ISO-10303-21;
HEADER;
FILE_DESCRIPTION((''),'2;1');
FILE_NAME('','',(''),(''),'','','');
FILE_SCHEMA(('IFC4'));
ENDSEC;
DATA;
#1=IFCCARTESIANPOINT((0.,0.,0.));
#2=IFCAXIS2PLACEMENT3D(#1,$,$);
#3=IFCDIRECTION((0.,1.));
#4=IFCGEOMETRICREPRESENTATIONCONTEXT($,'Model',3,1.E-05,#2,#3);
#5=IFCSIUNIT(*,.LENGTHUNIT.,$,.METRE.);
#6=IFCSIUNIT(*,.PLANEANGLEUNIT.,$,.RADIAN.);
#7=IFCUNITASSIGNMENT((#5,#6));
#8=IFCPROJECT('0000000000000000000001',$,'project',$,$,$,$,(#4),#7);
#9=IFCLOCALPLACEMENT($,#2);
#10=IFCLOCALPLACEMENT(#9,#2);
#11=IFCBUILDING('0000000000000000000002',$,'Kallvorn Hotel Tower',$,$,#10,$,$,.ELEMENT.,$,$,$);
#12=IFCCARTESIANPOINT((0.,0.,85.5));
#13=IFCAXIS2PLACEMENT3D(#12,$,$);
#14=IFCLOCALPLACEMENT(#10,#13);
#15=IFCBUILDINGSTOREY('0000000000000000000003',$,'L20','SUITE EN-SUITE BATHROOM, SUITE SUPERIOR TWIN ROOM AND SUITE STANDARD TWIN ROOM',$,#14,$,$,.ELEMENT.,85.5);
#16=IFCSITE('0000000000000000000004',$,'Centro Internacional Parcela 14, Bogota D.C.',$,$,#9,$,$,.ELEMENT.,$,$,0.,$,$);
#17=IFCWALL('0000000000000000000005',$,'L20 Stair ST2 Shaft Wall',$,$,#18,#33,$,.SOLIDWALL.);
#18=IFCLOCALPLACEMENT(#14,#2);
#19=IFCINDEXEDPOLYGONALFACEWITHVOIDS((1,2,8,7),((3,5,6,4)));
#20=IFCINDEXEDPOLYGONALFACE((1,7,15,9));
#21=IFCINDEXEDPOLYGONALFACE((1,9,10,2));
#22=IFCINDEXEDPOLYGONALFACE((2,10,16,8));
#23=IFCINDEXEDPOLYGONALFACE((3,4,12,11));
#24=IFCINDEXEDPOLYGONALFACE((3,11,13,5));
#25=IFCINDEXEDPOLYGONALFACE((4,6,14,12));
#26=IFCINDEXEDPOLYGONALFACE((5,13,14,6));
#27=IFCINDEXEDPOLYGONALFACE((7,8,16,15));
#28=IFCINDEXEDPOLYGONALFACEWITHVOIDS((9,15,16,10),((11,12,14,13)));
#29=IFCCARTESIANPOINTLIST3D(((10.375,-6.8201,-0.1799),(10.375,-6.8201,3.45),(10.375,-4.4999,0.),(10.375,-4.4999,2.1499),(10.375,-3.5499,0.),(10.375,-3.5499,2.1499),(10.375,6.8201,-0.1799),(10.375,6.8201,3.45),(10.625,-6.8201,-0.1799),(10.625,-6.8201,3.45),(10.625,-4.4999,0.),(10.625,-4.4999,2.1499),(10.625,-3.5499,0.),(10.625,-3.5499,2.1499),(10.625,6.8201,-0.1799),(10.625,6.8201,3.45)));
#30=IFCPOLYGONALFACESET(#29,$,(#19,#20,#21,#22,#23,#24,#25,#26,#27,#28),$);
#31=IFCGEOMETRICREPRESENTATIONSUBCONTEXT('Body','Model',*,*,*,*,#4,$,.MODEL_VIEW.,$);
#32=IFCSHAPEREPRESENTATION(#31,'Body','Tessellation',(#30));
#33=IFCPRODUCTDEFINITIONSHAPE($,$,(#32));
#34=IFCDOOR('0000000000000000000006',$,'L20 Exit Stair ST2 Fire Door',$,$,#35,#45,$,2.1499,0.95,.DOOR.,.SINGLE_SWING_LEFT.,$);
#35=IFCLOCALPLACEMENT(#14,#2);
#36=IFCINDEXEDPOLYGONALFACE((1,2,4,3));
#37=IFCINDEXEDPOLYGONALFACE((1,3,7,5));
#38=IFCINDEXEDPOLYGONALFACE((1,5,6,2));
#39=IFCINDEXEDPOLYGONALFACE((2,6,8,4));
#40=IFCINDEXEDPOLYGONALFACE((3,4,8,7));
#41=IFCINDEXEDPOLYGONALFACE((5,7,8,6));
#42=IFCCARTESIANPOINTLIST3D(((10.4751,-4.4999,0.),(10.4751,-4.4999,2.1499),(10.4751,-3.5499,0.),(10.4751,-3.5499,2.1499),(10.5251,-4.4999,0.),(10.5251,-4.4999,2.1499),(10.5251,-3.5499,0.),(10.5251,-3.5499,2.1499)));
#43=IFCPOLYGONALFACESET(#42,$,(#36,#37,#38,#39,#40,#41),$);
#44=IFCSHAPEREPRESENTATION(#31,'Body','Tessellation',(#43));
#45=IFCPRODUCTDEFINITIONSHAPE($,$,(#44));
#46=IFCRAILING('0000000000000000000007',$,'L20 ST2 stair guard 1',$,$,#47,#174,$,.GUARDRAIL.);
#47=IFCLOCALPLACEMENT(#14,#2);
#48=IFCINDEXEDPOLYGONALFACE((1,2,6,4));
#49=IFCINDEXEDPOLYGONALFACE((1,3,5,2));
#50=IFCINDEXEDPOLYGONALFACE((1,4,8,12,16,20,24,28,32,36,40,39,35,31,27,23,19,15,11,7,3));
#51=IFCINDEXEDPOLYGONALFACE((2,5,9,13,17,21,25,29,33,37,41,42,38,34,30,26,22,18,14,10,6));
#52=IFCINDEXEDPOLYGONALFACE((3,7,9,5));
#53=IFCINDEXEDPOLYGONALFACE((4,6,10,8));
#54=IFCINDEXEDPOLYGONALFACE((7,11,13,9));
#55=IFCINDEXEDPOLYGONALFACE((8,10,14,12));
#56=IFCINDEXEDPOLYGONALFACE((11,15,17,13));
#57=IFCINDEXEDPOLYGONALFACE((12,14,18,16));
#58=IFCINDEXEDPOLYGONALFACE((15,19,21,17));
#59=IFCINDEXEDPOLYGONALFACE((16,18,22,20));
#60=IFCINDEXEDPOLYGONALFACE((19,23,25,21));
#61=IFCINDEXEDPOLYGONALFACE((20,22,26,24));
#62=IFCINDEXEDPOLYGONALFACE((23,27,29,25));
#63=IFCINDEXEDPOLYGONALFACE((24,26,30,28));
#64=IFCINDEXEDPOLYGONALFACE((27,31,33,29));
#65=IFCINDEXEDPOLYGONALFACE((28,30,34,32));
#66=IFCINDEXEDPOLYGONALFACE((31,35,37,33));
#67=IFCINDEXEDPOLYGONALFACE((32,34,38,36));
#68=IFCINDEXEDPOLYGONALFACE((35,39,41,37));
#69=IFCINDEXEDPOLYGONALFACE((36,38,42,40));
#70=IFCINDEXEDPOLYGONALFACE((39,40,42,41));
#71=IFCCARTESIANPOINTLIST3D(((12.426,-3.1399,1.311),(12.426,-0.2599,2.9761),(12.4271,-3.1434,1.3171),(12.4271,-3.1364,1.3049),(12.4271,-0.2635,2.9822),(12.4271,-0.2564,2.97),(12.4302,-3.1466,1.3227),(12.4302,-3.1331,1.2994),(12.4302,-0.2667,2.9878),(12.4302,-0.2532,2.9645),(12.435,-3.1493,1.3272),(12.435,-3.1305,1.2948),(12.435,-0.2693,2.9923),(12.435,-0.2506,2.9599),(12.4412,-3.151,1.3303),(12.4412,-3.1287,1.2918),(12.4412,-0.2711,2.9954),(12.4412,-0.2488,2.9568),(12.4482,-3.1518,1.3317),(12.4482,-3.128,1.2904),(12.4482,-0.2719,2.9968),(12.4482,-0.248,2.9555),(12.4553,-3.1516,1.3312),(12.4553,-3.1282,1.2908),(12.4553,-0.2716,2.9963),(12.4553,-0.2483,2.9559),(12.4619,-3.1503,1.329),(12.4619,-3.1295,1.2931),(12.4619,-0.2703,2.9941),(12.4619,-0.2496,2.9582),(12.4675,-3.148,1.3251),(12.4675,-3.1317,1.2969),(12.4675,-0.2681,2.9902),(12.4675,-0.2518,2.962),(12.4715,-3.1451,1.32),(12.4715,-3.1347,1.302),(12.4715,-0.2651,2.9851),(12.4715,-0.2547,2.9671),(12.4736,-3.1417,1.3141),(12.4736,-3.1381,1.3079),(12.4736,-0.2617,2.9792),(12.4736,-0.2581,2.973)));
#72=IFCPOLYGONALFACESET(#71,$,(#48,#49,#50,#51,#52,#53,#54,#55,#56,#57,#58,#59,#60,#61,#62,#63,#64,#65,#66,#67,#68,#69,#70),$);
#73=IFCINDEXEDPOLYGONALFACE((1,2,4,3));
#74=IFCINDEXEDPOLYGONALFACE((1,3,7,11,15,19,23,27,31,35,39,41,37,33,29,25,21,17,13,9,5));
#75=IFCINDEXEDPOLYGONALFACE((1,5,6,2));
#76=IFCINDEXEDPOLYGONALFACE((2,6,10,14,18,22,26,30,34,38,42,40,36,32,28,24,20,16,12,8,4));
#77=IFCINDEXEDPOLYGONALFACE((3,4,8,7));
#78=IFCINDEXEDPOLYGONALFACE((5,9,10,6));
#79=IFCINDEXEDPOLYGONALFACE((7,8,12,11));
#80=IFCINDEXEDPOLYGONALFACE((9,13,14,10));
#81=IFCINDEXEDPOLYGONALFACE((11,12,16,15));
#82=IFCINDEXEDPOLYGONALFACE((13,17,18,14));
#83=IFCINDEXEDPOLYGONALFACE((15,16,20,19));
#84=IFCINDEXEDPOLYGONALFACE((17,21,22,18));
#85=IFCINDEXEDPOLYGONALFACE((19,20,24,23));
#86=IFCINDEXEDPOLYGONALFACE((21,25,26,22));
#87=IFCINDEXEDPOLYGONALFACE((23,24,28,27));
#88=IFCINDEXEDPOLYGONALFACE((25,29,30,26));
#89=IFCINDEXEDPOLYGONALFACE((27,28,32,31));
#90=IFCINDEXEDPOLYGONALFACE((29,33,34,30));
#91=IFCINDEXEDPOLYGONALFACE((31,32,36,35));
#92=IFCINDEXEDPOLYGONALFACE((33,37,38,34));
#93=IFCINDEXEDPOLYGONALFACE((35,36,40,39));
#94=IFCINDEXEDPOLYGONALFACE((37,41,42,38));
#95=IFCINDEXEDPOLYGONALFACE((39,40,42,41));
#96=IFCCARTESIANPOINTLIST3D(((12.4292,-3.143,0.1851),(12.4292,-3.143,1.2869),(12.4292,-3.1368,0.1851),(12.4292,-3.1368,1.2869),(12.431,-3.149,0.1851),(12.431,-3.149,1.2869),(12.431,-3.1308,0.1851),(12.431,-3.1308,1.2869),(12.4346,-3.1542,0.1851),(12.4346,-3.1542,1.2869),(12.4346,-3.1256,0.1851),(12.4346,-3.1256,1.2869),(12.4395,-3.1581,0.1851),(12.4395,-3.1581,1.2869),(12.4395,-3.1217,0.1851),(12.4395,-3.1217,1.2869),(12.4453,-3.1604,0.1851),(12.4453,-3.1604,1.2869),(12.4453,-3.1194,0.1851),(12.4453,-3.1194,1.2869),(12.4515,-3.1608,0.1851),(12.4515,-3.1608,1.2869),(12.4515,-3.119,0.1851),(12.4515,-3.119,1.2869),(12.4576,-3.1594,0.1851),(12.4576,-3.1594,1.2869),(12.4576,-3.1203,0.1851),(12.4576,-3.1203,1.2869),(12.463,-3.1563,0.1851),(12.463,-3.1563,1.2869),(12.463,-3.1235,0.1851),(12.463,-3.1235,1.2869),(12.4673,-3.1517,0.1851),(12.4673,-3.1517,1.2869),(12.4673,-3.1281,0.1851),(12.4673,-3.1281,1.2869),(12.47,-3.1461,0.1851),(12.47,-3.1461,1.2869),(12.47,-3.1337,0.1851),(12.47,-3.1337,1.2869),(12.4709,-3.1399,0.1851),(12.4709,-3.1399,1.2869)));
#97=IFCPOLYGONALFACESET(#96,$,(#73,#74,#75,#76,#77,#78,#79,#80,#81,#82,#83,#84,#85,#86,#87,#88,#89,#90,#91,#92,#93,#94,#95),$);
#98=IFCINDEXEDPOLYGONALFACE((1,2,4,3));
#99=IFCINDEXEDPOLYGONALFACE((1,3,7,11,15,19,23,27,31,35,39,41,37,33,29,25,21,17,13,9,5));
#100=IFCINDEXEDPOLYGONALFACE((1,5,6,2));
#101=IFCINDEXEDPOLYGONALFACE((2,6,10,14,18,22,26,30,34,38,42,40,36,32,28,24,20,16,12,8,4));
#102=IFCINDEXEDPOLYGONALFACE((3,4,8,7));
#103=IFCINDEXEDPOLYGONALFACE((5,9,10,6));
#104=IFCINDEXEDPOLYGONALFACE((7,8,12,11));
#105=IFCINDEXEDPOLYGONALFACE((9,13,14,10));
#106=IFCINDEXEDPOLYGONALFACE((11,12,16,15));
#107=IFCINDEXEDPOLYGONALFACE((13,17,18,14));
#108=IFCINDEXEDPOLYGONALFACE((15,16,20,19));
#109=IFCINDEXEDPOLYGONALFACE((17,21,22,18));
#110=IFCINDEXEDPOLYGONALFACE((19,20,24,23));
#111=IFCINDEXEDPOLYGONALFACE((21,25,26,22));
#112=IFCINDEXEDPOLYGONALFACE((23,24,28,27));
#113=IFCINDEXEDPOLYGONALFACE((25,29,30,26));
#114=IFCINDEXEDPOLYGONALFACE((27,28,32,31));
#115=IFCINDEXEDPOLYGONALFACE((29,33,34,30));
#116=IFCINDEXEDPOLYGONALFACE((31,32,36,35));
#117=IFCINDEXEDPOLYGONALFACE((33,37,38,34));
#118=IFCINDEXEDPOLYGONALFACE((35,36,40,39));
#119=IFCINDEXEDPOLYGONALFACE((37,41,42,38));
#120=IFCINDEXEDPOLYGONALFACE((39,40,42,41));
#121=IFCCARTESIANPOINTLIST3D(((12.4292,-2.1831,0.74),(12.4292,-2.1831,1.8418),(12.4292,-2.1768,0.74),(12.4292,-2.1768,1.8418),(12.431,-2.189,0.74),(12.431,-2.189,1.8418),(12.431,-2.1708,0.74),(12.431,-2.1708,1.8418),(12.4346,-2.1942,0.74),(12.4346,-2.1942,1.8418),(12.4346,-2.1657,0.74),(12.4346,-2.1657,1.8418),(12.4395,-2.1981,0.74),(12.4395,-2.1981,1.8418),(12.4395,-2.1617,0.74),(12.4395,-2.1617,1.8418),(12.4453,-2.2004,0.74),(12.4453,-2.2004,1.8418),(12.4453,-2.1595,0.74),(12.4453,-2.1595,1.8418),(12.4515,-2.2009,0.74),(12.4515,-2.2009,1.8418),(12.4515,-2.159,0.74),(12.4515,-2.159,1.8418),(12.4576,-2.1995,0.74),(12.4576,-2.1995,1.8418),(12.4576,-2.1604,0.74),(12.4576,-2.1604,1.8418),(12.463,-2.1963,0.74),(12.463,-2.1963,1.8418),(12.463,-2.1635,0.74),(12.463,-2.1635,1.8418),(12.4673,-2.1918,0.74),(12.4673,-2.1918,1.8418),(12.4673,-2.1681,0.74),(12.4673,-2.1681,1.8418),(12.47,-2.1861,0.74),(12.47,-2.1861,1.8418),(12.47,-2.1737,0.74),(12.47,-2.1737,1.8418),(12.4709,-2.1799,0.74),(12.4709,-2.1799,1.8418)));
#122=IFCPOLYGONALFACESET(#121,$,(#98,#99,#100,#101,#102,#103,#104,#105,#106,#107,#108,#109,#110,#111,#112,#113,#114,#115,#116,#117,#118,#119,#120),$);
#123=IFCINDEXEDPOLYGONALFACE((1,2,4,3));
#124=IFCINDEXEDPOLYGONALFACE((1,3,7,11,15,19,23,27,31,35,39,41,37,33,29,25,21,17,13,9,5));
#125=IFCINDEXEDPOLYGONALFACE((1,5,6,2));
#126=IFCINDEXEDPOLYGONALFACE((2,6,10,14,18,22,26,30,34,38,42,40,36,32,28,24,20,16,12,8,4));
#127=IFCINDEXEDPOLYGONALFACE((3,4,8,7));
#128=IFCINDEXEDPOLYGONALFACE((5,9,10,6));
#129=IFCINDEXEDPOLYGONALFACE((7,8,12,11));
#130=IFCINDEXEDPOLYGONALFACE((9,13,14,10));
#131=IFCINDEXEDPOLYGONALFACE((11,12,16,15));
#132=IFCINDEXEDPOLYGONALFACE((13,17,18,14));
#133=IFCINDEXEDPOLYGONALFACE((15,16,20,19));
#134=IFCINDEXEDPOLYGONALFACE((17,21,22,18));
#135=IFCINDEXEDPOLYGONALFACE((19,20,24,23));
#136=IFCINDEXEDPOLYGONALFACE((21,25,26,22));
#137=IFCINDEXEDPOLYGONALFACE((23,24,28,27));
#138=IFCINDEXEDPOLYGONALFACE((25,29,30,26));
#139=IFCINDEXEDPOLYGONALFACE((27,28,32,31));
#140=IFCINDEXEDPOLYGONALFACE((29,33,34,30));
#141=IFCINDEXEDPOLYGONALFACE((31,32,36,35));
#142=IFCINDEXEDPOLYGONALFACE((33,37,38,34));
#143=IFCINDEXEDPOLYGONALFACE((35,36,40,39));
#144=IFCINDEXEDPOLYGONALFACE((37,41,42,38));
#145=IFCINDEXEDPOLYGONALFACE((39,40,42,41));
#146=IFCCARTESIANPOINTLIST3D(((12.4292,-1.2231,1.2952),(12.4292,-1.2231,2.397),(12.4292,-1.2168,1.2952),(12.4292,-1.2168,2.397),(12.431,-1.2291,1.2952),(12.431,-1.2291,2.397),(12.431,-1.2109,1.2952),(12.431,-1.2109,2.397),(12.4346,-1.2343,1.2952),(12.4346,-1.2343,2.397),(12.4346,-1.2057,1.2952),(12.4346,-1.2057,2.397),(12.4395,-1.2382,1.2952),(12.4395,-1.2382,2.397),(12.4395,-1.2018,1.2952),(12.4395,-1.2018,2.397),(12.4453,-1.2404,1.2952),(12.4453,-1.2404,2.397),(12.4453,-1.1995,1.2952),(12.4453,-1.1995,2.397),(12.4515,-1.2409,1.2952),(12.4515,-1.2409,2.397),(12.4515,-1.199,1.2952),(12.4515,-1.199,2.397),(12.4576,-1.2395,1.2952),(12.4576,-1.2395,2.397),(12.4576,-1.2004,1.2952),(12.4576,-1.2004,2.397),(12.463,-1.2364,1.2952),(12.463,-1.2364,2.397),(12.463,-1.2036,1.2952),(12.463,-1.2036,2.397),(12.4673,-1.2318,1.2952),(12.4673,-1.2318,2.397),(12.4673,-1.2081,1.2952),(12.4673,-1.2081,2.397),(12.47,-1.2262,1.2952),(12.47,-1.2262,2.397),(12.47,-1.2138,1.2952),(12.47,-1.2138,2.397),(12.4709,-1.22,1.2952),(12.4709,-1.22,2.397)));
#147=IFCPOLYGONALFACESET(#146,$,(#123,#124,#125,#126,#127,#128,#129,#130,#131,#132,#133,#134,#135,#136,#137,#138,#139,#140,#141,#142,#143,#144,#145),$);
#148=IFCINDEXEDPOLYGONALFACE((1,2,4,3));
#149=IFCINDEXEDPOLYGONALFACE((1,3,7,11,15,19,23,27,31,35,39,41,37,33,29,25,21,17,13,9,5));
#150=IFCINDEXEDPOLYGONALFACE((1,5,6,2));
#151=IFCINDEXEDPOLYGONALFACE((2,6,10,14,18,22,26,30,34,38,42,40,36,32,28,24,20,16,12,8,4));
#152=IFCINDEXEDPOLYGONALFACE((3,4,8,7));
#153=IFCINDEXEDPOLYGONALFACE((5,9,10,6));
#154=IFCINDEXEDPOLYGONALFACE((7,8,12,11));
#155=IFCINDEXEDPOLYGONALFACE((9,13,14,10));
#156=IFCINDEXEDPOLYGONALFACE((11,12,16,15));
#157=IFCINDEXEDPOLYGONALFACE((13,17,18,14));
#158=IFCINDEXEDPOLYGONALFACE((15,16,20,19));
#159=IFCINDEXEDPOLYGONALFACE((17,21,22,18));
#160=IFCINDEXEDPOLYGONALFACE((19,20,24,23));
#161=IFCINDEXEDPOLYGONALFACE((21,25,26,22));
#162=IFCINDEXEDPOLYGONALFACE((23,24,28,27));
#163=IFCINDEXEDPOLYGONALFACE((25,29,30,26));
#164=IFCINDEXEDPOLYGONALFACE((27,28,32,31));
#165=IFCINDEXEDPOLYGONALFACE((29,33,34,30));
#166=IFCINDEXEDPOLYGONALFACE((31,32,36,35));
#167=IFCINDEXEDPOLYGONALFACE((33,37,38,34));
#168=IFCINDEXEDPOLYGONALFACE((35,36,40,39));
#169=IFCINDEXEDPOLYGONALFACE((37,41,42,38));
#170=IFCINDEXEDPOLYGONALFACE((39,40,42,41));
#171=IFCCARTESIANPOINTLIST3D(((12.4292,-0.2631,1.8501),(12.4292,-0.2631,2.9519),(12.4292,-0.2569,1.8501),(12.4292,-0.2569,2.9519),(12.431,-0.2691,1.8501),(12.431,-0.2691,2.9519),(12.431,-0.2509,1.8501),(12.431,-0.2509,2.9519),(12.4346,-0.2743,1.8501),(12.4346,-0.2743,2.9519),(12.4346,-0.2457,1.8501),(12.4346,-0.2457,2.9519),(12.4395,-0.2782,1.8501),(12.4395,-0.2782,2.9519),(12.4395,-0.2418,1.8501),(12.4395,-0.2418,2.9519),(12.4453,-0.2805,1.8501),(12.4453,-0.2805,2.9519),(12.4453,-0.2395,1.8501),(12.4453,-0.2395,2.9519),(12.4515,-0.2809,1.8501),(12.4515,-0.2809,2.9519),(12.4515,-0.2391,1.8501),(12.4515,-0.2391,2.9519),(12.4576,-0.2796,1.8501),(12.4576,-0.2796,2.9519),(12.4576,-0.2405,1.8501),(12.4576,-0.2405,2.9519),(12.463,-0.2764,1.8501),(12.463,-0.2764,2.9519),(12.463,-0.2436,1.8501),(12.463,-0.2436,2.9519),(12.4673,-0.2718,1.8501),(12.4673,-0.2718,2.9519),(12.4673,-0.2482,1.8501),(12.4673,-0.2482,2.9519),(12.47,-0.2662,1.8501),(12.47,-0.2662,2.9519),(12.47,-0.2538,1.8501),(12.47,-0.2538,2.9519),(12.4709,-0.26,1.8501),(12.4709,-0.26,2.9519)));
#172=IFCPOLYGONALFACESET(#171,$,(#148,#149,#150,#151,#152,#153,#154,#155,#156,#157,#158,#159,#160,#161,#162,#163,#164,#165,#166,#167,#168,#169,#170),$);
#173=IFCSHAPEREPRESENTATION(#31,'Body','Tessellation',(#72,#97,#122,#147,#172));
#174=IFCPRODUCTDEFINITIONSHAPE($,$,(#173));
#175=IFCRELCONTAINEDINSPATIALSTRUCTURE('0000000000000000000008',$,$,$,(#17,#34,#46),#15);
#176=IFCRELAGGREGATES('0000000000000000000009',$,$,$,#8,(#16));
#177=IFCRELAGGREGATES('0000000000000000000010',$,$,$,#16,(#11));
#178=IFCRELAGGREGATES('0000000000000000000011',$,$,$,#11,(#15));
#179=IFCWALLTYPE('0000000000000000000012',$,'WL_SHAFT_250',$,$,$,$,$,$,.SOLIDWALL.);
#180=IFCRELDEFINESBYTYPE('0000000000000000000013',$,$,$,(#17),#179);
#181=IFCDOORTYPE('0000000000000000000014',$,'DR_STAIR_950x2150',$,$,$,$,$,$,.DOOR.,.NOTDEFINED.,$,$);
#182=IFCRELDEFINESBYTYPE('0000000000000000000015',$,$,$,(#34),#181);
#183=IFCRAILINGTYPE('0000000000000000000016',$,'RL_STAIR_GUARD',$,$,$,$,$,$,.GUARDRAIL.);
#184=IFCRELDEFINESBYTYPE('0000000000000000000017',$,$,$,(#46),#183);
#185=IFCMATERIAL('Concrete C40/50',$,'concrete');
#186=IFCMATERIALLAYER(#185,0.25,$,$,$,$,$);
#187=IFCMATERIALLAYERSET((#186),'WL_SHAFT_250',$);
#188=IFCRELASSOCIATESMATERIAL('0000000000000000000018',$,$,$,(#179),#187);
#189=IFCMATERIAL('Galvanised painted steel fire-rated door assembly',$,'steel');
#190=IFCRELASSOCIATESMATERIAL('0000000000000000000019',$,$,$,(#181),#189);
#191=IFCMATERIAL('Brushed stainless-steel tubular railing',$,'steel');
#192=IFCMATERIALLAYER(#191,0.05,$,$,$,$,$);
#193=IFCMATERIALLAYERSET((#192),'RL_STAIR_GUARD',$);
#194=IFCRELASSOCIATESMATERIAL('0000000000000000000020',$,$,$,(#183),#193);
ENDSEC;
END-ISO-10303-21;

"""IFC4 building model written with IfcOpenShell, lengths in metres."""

from ifc_helpers import new_model, si_unit, direction, frame, frame_2d, origin, origin_2d, place, context, subcontext, project, spatial, rectangle, circle, extrude, material, layer, layer_set, type_object, element, fill, save


model = new_model("IFC4")

# Units and contexts
model_context = context("Model", 3, precision=1e-05, world=origin(), true_north=direction((0.0, 1.0)))
body_context = subcontext(model_context, "Body", "Model", "MODEL_VIEW")
ifc_project = project(units=[si_unit("LENGTHUNIT", "METRE"), si_unit("PLANEANGLEUNIT", "RADIAN")], contexts=[model_context])

# Site, building, storey
site_placement = place(None, origin())
site = spatial("IfcSite", under=ifc_project, at=site_placement, Name="Centro Internacional Parcela 14, Bogota D.C.", CompositionType="ELEMENT", RefElevation=0.0)
building_placement = place(site_placement, origin())
building = spatial("IfcBuilding", under=site, at=building_placement, Name="Kallvorn Hotel Tower", CompositionType="ELEMENT")
storey_placement = place(building_placement, frame((0.0, 0.0, 85.5)))
storey = spatial("IfcBuildingStorey", under=building, at=storey_placement, Name="L20", Description="SUITE EN-SUITE BATHROOM, SUITE SUPERIOR TWIN ROOM AND SUITE STANDARD TWIN ROOM", CompositionType="ELEMENT", Elevation=85.5)

# Shared definitions
ifc_material_1 = material(Name="Concrete C40/50", Category="concrete")
ifc_layer_1 = layer(ifc_material_1, 0.25)
ifc_layer_set_1 = layer_set([ifc_layer_1], Name="WL_SHAFT_250")
wall_type_1 = type_object("IfcWallType", Name="WL_SHAFT_250", PredefinedType="SOLIDWALL", material=ifc_layer_set_1)

# Wall, opening, door
wall_1_placement = place(storey_placement, frame((10.5, -6.8201, -0.1799), z_axis=(0.0, 0.0, 1.0), x_axis=(0.0, 1.0, 0.0)))
wall_1 = element("IfcWall", 1, at=wall_1_placement, inside=storey, type_object=wall_type_1, Name="L20 Stair ST2 Shaft Wall", PredefinedType="SOLIDWALL", context=body_context, shape_type="SweptSolid", body=[
    extrude(rectangle(XDim=13.6401, YDim=0.25, at=frame_2d((6.8201, 0.0))), origin(), (0.0, 0.0, 1.0), 3.6299),
])
opening_1_placement = place(wall_1_placement, frame((2.3201, 0.0, 0.1799)))
opening_1 = element("IfcOpeningElement", 2, at=opening_1_placement, cuts=wall_1, PredefinedType="OPENING", context=body_context, shape_type="SweptSolid", body=[
    extrude(rectangle(XDim=0.95, YDim=2.1499, at=frame_2d((0.4751, 1.075))), frame((0.0, 0.1399, 0.0), z_axis=(0.0, -1.0, 0.0), x_axis=(1.0, 0.0, 0.0)), (0.0, 0.0, 1.0), 0.28),
])
ifc_material_2 = material(Name="Galvanised painted steel fire-rated door assembly", Category="steel")
door_type_1 = type_object("IfcDoorType", Name="DR_STAIR_950x2150", OperationType="NOTDEFINED", PredefinedType="DOOR", material=ifc_material_2)
door_1_placement = place(opening_1_placement, origin())
door_1 = element("IfcDoor", 3, at=door_1_placement, inside=storey, type_object=door_type_1, Name="L20 Exit Stair ST2 Fire Door", OperationType="SINGLE_SWING_LEFT", OverallHeight=2.1499, OverallWidth=0.95, PredefinedType="DOOR", context=body_context, shape_type="SweptSolid", body=[
    extrude(rectangle(XDim=0.95, YDim=2.1499, at=frame_2d((0.4751, 1.075))), frame((0.0, 0.0249, 0.0), z_axis=(0.0, -1.0, 0.0), x_axis=(1.0, 0.0, 0.0)), (0.0, 0.0, 1.0), 0.05),
])
fill(opening_1, door_1)

# Railing
ifc_material_3 = material(Name="Brushed stainless-steel tubular railing", Category="steel")
ifc_layer_2 = layer(ifc_material_3, 0.05)
ifc_layer_set_2 = layer_set([ifc_layer_2], Name="RL_STAIR_GUARD")
railing_type = type_object("IfcRailingType", Name="RL_STAIR_GUARD", PredefinedType="GUARDRAIL", material=ifc_layer_set_2)
railing_1_placement = place(storey_placement, frame((12.45, -3.1399, 0.1851)))
element("IfcRailing", 4, at=railing_1_placement, inside=storey, type_object=railing_type, Name="L20 ST2 stair guard 1", PredefinedType="GUARDRAIL", context=body_context, shape_type="SweptSolid", body=[
    extrude(circle(Radius=0.0239, at=origin_2d()), frame((0.0, 0.0, 1.126), z_axis=(0.0, 0.865721, 0.500527), x_axis=(-1.0, 0.0, 0.0)), (0.0, 0.0, 1.0), 3.3267),
    extrude(circle(Radius=0.021, at=origin_2d()), origin(), (0.0, 0.0, 1.0), 1.1018),
    extrude(circle(Radius=0.021, at=origin_2d()), frame((0.0, 0.96, 0.5549)), (0.0, 0.0, 1.0), 1.1018),
    extrude(circle(Radius=0.021, at=origin_2d()), frame((0.0, 1.9199, 1.1101)), (0.0, 0.0, 1.0), 1.1018),
    extrude(circle(Radius=0.021, at=origin_2d()), frame((0.0, 2.8799, 1.665)), (0.0, 0.0, 1.0), 1.1018),
])

save(model, "model.ifc")
